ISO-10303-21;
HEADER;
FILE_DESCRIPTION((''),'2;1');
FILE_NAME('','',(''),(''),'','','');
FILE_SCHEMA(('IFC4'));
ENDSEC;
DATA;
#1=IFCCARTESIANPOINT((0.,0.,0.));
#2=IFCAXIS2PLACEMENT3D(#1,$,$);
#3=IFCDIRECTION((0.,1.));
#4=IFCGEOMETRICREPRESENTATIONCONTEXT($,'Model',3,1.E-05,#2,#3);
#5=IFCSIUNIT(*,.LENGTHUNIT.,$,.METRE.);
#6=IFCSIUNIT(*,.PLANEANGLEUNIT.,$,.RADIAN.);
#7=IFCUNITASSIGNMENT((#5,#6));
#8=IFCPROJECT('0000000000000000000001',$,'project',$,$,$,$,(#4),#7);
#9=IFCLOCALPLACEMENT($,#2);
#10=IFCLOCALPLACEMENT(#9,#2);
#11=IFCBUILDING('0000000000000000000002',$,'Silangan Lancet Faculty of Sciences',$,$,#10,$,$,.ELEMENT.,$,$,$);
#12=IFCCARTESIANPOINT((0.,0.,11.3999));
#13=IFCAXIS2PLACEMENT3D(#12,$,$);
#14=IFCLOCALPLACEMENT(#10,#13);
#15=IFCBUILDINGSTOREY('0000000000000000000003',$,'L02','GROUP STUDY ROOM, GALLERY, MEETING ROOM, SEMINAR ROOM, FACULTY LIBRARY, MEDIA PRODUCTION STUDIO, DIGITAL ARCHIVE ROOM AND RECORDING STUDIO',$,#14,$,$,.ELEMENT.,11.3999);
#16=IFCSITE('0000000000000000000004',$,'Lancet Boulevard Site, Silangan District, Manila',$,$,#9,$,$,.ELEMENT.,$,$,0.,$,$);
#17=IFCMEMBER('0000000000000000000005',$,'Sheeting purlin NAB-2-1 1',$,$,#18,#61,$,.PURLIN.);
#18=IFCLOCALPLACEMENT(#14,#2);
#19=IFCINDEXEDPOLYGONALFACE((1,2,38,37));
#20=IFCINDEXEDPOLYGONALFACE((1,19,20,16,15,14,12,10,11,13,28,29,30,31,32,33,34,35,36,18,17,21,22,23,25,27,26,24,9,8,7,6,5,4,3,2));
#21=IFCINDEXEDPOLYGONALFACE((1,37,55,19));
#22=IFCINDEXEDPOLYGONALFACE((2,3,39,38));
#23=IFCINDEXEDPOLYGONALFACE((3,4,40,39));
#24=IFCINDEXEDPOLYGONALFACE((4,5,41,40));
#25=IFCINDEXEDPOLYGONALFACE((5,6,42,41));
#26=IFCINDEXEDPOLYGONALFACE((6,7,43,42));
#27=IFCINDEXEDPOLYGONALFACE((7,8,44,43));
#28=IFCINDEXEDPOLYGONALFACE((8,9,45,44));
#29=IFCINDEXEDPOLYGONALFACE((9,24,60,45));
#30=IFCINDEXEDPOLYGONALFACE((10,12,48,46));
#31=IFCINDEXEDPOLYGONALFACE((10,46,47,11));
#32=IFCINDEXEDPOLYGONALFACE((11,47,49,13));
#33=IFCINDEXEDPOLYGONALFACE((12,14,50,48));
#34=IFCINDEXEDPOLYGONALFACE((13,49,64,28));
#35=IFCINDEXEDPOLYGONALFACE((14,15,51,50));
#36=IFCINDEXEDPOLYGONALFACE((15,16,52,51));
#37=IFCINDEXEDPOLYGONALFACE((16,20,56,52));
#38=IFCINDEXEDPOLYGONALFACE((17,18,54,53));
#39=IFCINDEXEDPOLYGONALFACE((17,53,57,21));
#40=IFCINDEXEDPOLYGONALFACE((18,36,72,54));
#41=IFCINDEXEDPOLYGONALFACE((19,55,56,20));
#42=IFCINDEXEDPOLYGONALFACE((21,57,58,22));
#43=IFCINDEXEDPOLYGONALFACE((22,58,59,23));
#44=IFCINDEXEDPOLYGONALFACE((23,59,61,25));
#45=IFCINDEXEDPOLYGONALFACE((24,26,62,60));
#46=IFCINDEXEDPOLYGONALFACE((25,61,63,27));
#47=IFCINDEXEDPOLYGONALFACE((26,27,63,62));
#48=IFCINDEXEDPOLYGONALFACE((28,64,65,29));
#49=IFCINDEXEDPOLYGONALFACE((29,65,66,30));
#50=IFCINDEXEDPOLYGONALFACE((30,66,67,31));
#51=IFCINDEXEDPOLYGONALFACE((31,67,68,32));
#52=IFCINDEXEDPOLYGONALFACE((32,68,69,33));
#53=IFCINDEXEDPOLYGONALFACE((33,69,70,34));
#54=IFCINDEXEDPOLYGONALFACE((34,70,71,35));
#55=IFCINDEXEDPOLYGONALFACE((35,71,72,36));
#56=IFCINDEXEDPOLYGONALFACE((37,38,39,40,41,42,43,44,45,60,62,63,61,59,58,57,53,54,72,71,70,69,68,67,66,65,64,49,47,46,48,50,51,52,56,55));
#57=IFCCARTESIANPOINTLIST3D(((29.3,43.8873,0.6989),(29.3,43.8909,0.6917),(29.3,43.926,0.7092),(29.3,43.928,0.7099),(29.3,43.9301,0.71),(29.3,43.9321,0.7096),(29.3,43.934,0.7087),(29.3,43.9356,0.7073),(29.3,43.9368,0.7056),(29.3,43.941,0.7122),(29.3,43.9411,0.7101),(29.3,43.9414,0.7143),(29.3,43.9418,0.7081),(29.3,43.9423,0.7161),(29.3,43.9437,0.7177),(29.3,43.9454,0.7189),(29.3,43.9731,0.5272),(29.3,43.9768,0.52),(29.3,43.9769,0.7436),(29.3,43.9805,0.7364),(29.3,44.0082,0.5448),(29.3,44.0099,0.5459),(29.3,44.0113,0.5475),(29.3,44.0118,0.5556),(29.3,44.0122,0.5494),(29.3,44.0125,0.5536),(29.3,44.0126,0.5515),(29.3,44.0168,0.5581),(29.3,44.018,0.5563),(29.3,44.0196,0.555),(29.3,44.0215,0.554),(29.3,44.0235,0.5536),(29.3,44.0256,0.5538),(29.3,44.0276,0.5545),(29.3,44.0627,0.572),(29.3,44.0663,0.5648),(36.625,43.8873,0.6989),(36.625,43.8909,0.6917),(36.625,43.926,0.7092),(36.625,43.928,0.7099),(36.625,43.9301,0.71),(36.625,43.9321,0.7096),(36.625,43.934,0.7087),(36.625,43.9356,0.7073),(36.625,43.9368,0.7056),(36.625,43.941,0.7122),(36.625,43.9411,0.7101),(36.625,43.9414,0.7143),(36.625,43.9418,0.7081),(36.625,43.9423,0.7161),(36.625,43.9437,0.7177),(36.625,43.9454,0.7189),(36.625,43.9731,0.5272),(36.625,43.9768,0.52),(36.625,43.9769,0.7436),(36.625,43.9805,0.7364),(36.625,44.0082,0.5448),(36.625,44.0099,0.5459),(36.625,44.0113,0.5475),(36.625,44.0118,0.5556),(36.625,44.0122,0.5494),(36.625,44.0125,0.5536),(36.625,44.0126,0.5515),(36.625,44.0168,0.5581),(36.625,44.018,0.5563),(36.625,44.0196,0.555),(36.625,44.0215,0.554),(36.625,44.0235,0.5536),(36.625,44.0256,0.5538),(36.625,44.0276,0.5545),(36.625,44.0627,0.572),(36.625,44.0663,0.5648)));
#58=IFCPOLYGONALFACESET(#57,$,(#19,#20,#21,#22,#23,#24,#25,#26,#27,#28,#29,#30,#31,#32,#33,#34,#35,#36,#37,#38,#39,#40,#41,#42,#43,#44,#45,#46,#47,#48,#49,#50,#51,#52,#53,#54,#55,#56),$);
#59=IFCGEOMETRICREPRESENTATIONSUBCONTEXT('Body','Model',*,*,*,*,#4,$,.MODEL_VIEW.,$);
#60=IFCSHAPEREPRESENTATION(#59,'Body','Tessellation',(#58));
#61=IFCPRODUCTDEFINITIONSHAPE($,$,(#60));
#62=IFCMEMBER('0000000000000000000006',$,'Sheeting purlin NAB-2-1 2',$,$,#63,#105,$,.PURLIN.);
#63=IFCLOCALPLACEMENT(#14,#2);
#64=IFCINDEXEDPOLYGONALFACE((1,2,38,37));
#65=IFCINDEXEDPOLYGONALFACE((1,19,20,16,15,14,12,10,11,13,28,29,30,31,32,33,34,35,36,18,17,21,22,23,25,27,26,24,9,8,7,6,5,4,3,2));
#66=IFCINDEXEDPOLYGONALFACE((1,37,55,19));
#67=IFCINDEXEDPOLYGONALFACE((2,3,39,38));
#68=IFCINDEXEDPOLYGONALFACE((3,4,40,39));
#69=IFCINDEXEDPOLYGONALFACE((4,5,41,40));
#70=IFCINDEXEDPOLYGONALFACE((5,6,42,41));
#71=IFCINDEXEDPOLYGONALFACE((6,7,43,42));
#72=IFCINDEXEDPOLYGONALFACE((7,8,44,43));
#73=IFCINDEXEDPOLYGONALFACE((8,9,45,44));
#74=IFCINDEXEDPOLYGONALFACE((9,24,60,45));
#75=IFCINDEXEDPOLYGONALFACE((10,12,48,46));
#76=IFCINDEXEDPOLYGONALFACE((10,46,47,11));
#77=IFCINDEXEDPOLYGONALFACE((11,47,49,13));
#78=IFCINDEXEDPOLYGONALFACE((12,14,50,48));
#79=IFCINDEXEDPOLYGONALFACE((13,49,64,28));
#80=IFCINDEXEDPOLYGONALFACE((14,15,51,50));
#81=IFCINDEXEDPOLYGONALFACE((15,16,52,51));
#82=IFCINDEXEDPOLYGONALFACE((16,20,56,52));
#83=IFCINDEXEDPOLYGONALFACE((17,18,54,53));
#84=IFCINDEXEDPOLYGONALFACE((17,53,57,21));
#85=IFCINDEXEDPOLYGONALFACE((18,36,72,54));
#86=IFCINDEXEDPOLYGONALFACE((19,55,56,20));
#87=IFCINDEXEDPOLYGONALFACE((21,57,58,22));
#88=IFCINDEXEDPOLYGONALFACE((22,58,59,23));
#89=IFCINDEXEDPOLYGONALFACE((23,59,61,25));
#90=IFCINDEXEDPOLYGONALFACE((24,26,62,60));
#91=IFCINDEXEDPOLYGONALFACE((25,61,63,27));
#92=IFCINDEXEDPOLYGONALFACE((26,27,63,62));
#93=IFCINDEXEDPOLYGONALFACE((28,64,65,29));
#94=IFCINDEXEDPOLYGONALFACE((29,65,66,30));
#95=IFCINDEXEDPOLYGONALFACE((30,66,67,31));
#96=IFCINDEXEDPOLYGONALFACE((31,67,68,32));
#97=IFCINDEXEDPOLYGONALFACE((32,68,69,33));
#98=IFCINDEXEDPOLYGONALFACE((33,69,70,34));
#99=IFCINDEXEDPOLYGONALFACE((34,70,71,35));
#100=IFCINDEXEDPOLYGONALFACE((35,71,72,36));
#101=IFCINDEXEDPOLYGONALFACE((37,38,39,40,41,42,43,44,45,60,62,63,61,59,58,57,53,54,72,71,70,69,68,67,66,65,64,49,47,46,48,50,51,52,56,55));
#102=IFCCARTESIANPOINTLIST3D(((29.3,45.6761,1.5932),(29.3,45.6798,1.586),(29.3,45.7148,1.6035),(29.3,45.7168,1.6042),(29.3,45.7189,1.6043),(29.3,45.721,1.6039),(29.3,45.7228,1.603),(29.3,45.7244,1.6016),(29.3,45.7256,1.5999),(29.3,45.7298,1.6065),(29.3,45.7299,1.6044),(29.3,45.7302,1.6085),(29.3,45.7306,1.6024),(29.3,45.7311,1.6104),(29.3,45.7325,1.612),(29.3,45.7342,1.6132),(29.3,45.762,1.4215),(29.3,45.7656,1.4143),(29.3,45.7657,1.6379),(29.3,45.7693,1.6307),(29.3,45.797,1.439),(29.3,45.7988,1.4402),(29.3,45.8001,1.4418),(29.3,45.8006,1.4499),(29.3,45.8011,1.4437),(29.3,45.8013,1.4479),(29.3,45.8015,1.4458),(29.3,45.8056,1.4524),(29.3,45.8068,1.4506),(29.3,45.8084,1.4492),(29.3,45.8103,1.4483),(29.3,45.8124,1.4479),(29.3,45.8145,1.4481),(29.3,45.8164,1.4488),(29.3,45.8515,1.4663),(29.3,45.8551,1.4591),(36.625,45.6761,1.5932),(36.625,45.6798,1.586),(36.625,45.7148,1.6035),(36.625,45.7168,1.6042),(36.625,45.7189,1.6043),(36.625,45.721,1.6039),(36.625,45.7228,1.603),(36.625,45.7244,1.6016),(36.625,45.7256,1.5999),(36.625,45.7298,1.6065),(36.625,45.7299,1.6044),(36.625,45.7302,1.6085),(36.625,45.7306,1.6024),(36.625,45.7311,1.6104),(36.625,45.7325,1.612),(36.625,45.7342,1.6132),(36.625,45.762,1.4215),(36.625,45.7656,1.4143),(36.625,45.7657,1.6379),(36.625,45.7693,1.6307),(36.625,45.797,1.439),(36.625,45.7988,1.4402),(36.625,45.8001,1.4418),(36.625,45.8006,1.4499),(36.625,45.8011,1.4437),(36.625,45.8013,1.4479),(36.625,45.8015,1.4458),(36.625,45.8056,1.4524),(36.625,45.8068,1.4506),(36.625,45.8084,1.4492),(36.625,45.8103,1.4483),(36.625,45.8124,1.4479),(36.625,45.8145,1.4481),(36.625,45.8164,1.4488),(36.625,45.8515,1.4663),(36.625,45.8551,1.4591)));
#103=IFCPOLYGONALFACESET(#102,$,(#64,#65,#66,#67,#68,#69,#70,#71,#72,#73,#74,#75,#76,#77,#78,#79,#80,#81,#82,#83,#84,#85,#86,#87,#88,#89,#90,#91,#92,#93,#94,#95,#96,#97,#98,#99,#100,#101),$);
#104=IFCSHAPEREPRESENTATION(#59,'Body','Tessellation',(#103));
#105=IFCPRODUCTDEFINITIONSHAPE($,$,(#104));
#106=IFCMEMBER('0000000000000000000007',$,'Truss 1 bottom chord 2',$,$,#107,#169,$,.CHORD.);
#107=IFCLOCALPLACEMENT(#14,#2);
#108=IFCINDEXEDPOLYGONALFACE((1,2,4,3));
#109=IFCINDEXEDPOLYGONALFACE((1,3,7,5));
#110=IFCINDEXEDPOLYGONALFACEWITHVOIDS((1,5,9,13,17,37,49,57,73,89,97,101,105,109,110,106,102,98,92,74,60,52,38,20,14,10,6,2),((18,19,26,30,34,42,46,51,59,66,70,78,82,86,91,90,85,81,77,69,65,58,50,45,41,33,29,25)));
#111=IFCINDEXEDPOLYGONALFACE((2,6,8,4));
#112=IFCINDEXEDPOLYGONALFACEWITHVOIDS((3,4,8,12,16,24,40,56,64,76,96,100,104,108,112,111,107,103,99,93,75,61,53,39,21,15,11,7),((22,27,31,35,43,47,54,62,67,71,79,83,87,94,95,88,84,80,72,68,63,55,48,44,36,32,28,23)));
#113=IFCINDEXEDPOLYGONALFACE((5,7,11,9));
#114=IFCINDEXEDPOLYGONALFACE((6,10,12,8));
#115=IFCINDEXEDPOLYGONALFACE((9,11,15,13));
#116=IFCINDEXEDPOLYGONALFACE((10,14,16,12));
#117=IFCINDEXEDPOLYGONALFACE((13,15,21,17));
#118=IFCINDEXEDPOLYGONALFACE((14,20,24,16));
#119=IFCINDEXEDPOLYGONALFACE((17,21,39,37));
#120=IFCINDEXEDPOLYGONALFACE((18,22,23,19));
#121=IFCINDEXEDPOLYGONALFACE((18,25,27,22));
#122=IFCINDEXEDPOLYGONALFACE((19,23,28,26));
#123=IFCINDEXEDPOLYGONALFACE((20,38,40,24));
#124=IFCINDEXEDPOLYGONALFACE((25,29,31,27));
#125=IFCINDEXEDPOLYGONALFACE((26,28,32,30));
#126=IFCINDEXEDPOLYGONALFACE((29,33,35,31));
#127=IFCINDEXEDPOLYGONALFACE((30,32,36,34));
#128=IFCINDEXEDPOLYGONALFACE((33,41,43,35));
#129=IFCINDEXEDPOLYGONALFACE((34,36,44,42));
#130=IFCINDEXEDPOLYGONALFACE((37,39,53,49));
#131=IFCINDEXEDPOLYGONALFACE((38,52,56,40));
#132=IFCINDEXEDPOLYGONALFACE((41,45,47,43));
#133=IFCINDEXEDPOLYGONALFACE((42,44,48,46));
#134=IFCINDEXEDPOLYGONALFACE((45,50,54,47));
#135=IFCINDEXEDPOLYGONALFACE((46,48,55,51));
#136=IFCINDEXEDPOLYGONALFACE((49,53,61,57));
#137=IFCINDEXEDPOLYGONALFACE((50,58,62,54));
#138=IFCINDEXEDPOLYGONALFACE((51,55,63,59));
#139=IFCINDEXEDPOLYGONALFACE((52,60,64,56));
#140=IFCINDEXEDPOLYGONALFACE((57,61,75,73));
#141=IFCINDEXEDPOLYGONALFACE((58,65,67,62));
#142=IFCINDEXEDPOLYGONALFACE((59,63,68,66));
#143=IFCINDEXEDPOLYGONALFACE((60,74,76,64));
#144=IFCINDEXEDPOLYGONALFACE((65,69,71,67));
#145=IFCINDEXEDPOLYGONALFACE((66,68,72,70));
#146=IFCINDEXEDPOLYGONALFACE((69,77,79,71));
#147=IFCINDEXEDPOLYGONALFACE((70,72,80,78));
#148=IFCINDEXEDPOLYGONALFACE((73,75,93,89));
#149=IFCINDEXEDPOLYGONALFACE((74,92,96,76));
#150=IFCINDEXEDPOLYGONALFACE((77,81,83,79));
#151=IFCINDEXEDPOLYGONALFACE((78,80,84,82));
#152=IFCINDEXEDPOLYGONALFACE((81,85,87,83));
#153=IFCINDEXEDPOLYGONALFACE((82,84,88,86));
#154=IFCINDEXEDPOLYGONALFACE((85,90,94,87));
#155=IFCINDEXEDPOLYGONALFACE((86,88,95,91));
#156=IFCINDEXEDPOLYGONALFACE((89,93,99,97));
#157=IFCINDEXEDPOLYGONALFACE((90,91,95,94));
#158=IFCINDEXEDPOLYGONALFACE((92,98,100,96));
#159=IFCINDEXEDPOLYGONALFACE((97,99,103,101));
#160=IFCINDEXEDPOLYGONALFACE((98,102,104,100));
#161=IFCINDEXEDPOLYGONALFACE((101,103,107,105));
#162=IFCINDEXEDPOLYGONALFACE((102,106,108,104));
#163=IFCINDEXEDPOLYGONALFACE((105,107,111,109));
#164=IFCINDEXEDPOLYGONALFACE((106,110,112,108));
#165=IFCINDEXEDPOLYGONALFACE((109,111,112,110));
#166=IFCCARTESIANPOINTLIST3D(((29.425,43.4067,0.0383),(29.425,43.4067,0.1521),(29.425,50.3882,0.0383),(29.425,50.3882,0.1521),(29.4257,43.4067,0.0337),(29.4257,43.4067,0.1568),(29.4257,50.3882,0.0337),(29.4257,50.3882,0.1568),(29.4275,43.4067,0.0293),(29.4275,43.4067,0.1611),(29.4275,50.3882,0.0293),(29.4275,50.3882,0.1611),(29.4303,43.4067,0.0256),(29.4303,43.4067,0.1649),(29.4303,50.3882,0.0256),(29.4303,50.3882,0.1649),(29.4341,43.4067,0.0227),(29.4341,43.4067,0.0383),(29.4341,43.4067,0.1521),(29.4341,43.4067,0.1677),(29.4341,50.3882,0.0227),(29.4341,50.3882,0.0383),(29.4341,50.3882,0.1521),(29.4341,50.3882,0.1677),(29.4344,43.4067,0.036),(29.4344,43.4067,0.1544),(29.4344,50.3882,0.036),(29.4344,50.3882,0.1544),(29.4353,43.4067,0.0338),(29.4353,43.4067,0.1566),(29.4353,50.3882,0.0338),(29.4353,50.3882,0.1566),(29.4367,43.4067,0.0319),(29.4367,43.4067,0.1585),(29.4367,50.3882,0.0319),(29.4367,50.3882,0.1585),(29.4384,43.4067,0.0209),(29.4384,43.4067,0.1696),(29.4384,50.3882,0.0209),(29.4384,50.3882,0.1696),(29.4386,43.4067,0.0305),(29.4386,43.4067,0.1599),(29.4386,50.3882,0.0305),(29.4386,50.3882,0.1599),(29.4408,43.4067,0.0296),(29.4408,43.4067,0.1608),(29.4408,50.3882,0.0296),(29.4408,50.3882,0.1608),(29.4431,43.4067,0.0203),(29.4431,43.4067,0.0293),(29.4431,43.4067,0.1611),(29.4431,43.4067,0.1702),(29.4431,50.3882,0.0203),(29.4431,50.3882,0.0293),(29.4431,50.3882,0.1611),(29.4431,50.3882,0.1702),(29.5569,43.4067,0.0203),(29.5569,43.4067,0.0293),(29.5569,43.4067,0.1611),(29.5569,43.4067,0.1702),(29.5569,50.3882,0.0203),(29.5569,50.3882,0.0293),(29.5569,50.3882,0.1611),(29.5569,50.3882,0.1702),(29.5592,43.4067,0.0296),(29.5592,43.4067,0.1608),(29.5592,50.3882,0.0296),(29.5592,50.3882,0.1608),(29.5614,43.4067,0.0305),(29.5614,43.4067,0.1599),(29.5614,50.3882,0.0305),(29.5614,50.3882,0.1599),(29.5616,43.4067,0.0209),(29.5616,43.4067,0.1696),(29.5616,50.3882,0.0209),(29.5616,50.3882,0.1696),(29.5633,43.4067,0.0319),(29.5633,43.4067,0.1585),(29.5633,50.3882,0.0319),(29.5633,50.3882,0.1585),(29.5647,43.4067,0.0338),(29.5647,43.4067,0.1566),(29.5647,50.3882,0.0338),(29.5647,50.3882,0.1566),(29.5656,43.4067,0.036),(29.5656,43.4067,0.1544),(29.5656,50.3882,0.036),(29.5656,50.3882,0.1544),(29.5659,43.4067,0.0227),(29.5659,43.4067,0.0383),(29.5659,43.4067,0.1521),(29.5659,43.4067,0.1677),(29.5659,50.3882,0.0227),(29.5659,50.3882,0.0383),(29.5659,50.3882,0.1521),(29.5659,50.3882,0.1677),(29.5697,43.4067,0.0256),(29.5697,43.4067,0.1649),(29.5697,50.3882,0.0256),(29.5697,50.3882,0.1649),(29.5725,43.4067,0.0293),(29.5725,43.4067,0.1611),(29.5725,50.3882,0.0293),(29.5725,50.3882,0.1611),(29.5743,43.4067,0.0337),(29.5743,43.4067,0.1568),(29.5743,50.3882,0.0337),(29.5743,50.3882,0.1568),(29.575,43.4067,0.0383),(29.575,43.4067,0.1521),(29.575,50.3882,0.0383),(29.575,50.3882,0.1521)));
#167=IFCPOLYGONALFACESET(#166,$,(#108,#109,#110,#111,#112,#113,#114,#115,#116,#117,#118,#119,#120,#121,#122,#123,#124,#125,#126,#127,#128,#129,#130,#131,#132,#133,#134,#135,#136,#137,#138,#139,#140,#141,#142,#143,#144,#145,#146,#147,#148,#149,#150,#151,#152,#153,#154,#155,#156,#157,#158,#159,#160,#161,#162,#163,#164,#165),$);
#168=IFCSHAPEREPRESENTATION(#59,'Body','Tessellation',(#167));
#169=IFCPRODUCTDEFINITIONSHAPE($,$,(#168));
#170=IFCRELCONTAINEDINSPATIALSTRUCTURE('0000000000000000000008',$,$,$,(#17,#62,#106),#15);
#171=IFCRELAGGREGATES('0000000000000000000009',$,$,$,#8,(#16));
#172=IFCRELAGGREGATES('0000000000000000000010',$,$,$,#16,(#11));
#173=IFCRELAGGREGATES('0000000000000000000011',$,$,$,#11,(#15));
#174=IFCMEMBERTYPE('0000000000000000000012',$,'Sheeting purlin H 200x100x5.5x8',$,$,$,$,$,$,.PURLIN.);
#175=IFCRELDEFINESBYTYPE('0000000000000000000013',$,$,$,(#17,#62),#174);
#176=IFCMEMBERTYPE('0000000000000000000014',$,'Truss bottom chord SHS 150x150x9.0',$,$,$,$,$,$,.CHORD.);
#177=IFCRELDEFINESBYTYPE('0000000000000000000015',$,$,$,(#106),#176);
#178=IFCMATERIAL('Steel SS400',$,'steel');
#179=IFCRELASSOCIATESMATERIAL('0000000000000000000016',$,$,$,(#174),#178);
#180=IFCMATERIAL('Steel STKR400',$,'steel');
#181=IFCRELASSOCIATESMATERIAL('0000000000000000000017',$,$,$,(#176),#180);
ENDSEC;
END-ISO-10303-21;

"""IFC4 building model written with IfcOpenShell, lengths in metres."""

from ifc_helpers import new_model, si_unit, direction, frame, origin, origin_2d, place, context, subcontext, project, spatial, hollow_rectangle, i_section, extrude, material, material_profile, profile_set, type_object, element, save


model = new_model("IFC4")

# Units and contexts
model_context = context("Model", 3, precision=1e-05, world=origin(), true_north=direction((0.0, 1.0)))
body_context = subcontext(model_context, "Body", "Model", "MODEL_VIEW")
ifc_project = project(units=[si_unit("LENGTHUNIT", "METRE"), si_unit("PLANEANGLEUNIT", "RADIAN")], contexts=[model_context])

# Site, building, storey
site_placement = place(None, origin())
site = spatial("IfcSite", under=ifc_project, at=site_placement, Name="Lancet Boulevard Site, Silangan District, Manila", CompositionType="ELEMENT", RefElevation=0.0)
building_placement = place(site_placement, origin())
building = spatial("IfcBuilding", under=site, at=building_placement, Name="Silangan Lancet Faculty of Sciences", CompositionType="ELEMENT")
storey_placement = place(building_placement, frame((0.0, 0.0, 11.3999)))
storey = spatial("IfcBuildingStorey", under=building, at=storey_placement, Name="L02", Description="GROUP STUDY ROOM, GALLERY, MEETING ROOM, SEMINAR ROOM, FACULTY LIBRARY, MEDIA PRODUCTION STUDIO, DIGITAL ARCHIVE ROOM AND RECORDING STUDIO", CompositionType="ELEMENT", Elevation=11.3999)

# Members
ifc_material_1 = material(Name="Steel SS400", Category="steel")
ifc_material_profile_1 = material_profile(ifc_material_1, i_section(OverallWidth=0.1001, OverallDepth=0.2, WebThickness=0.0056, FlangeThickness=0.0081, FilletRadius=0.0081, at=origin_2d()), Name="H 200x100x5.5x8")
ifc_profile_set_1 = profile_set([ifc_material_profile_1], Name="Steel SS400")
member_type_1 = type_object("IfcMemberType", Name="Sheeting purlin H 200x100x5.5x8", PredefinedType="PURLIN", material=ifc_profile_set_1)
for number, where, z_axis, x_axis, name in (
    (1, (29.3, 43.9768, 0.6318), (1.0, 0.0, 0.0), (0.0, 0.894427, 0.447214), "Sheeting purlin NAB-2-1 1"),
    (2, (29.3, 45.7656, 1.5261), (1.0, 0.0, 0.0), (0.0, 0.894427, 0.447214), "Sheeting purlin NAB-2-1 2"),
):
    element("IfcMember", number, at=place(storey_placement, frame(where, z_axis=z_axis, x_axis=x_axis)), inside=storey, type_object=member_type_1, Name=name, PredefinedType="PURLIN", context=body_context, shape_type="SweptSolid", body=[
        extrude(i_section(OverallWidth=0.1001, OverallDepth=0.2, WebThickness=0.0056, FlangeThickness=0.0081, FilletRadius=0.0081, at=origin_2d()), origin(), (0.0, 0.0, 1.0), 7.325),
    ])
ifc_material_2 = material(Name="Steel STKR400", Category="steel")
ifc_material_profile_2 = material_profile(ifc_material_2, hollow_rectangle(XDim=0.1499, YDim=0.1499, WallThickness=0.009, InnerFilletRadius=0.009, OuterFilletRadius=0.0181, at=origin_2d()), Name="SHS 150x150x9.0")
ifc_profile_set_2 = profile_set([ifc_material_profile_2], Name="Steel STKR400")
member_type_2 = type_object("IfcMemberType", Name="Truss bottom chord SHS 150x150x9.0", PredefinedType="CHORD", material=ifc_profile_set_2)
member_1_placement = place(storey_placement, frame((29.5, 43.4067, 0.0952), z_axis=(0.0, 1.0, 0.0), x_axis=(-1.0, 0.0, 0.0)))
element("IfcMember", 3, at=member_1_placement, inside=storey, type_object=member_type_2, Name="Truss 1 bottom chord 2", PredefinedType="CHORD", context=body_context, shape_type="SweptSolid", body=[
    extrude(hollow_rectangle(XDim=0.1499, YDim=0.1499, WallThickness=0.009, InnerFilletRadius=0.009, OuterFilletRadius=0.0181, at=origin_2d()), origin(), (0.0, 0.0, 1.0), 6.9814),
])

save(model, "model.ifc")
